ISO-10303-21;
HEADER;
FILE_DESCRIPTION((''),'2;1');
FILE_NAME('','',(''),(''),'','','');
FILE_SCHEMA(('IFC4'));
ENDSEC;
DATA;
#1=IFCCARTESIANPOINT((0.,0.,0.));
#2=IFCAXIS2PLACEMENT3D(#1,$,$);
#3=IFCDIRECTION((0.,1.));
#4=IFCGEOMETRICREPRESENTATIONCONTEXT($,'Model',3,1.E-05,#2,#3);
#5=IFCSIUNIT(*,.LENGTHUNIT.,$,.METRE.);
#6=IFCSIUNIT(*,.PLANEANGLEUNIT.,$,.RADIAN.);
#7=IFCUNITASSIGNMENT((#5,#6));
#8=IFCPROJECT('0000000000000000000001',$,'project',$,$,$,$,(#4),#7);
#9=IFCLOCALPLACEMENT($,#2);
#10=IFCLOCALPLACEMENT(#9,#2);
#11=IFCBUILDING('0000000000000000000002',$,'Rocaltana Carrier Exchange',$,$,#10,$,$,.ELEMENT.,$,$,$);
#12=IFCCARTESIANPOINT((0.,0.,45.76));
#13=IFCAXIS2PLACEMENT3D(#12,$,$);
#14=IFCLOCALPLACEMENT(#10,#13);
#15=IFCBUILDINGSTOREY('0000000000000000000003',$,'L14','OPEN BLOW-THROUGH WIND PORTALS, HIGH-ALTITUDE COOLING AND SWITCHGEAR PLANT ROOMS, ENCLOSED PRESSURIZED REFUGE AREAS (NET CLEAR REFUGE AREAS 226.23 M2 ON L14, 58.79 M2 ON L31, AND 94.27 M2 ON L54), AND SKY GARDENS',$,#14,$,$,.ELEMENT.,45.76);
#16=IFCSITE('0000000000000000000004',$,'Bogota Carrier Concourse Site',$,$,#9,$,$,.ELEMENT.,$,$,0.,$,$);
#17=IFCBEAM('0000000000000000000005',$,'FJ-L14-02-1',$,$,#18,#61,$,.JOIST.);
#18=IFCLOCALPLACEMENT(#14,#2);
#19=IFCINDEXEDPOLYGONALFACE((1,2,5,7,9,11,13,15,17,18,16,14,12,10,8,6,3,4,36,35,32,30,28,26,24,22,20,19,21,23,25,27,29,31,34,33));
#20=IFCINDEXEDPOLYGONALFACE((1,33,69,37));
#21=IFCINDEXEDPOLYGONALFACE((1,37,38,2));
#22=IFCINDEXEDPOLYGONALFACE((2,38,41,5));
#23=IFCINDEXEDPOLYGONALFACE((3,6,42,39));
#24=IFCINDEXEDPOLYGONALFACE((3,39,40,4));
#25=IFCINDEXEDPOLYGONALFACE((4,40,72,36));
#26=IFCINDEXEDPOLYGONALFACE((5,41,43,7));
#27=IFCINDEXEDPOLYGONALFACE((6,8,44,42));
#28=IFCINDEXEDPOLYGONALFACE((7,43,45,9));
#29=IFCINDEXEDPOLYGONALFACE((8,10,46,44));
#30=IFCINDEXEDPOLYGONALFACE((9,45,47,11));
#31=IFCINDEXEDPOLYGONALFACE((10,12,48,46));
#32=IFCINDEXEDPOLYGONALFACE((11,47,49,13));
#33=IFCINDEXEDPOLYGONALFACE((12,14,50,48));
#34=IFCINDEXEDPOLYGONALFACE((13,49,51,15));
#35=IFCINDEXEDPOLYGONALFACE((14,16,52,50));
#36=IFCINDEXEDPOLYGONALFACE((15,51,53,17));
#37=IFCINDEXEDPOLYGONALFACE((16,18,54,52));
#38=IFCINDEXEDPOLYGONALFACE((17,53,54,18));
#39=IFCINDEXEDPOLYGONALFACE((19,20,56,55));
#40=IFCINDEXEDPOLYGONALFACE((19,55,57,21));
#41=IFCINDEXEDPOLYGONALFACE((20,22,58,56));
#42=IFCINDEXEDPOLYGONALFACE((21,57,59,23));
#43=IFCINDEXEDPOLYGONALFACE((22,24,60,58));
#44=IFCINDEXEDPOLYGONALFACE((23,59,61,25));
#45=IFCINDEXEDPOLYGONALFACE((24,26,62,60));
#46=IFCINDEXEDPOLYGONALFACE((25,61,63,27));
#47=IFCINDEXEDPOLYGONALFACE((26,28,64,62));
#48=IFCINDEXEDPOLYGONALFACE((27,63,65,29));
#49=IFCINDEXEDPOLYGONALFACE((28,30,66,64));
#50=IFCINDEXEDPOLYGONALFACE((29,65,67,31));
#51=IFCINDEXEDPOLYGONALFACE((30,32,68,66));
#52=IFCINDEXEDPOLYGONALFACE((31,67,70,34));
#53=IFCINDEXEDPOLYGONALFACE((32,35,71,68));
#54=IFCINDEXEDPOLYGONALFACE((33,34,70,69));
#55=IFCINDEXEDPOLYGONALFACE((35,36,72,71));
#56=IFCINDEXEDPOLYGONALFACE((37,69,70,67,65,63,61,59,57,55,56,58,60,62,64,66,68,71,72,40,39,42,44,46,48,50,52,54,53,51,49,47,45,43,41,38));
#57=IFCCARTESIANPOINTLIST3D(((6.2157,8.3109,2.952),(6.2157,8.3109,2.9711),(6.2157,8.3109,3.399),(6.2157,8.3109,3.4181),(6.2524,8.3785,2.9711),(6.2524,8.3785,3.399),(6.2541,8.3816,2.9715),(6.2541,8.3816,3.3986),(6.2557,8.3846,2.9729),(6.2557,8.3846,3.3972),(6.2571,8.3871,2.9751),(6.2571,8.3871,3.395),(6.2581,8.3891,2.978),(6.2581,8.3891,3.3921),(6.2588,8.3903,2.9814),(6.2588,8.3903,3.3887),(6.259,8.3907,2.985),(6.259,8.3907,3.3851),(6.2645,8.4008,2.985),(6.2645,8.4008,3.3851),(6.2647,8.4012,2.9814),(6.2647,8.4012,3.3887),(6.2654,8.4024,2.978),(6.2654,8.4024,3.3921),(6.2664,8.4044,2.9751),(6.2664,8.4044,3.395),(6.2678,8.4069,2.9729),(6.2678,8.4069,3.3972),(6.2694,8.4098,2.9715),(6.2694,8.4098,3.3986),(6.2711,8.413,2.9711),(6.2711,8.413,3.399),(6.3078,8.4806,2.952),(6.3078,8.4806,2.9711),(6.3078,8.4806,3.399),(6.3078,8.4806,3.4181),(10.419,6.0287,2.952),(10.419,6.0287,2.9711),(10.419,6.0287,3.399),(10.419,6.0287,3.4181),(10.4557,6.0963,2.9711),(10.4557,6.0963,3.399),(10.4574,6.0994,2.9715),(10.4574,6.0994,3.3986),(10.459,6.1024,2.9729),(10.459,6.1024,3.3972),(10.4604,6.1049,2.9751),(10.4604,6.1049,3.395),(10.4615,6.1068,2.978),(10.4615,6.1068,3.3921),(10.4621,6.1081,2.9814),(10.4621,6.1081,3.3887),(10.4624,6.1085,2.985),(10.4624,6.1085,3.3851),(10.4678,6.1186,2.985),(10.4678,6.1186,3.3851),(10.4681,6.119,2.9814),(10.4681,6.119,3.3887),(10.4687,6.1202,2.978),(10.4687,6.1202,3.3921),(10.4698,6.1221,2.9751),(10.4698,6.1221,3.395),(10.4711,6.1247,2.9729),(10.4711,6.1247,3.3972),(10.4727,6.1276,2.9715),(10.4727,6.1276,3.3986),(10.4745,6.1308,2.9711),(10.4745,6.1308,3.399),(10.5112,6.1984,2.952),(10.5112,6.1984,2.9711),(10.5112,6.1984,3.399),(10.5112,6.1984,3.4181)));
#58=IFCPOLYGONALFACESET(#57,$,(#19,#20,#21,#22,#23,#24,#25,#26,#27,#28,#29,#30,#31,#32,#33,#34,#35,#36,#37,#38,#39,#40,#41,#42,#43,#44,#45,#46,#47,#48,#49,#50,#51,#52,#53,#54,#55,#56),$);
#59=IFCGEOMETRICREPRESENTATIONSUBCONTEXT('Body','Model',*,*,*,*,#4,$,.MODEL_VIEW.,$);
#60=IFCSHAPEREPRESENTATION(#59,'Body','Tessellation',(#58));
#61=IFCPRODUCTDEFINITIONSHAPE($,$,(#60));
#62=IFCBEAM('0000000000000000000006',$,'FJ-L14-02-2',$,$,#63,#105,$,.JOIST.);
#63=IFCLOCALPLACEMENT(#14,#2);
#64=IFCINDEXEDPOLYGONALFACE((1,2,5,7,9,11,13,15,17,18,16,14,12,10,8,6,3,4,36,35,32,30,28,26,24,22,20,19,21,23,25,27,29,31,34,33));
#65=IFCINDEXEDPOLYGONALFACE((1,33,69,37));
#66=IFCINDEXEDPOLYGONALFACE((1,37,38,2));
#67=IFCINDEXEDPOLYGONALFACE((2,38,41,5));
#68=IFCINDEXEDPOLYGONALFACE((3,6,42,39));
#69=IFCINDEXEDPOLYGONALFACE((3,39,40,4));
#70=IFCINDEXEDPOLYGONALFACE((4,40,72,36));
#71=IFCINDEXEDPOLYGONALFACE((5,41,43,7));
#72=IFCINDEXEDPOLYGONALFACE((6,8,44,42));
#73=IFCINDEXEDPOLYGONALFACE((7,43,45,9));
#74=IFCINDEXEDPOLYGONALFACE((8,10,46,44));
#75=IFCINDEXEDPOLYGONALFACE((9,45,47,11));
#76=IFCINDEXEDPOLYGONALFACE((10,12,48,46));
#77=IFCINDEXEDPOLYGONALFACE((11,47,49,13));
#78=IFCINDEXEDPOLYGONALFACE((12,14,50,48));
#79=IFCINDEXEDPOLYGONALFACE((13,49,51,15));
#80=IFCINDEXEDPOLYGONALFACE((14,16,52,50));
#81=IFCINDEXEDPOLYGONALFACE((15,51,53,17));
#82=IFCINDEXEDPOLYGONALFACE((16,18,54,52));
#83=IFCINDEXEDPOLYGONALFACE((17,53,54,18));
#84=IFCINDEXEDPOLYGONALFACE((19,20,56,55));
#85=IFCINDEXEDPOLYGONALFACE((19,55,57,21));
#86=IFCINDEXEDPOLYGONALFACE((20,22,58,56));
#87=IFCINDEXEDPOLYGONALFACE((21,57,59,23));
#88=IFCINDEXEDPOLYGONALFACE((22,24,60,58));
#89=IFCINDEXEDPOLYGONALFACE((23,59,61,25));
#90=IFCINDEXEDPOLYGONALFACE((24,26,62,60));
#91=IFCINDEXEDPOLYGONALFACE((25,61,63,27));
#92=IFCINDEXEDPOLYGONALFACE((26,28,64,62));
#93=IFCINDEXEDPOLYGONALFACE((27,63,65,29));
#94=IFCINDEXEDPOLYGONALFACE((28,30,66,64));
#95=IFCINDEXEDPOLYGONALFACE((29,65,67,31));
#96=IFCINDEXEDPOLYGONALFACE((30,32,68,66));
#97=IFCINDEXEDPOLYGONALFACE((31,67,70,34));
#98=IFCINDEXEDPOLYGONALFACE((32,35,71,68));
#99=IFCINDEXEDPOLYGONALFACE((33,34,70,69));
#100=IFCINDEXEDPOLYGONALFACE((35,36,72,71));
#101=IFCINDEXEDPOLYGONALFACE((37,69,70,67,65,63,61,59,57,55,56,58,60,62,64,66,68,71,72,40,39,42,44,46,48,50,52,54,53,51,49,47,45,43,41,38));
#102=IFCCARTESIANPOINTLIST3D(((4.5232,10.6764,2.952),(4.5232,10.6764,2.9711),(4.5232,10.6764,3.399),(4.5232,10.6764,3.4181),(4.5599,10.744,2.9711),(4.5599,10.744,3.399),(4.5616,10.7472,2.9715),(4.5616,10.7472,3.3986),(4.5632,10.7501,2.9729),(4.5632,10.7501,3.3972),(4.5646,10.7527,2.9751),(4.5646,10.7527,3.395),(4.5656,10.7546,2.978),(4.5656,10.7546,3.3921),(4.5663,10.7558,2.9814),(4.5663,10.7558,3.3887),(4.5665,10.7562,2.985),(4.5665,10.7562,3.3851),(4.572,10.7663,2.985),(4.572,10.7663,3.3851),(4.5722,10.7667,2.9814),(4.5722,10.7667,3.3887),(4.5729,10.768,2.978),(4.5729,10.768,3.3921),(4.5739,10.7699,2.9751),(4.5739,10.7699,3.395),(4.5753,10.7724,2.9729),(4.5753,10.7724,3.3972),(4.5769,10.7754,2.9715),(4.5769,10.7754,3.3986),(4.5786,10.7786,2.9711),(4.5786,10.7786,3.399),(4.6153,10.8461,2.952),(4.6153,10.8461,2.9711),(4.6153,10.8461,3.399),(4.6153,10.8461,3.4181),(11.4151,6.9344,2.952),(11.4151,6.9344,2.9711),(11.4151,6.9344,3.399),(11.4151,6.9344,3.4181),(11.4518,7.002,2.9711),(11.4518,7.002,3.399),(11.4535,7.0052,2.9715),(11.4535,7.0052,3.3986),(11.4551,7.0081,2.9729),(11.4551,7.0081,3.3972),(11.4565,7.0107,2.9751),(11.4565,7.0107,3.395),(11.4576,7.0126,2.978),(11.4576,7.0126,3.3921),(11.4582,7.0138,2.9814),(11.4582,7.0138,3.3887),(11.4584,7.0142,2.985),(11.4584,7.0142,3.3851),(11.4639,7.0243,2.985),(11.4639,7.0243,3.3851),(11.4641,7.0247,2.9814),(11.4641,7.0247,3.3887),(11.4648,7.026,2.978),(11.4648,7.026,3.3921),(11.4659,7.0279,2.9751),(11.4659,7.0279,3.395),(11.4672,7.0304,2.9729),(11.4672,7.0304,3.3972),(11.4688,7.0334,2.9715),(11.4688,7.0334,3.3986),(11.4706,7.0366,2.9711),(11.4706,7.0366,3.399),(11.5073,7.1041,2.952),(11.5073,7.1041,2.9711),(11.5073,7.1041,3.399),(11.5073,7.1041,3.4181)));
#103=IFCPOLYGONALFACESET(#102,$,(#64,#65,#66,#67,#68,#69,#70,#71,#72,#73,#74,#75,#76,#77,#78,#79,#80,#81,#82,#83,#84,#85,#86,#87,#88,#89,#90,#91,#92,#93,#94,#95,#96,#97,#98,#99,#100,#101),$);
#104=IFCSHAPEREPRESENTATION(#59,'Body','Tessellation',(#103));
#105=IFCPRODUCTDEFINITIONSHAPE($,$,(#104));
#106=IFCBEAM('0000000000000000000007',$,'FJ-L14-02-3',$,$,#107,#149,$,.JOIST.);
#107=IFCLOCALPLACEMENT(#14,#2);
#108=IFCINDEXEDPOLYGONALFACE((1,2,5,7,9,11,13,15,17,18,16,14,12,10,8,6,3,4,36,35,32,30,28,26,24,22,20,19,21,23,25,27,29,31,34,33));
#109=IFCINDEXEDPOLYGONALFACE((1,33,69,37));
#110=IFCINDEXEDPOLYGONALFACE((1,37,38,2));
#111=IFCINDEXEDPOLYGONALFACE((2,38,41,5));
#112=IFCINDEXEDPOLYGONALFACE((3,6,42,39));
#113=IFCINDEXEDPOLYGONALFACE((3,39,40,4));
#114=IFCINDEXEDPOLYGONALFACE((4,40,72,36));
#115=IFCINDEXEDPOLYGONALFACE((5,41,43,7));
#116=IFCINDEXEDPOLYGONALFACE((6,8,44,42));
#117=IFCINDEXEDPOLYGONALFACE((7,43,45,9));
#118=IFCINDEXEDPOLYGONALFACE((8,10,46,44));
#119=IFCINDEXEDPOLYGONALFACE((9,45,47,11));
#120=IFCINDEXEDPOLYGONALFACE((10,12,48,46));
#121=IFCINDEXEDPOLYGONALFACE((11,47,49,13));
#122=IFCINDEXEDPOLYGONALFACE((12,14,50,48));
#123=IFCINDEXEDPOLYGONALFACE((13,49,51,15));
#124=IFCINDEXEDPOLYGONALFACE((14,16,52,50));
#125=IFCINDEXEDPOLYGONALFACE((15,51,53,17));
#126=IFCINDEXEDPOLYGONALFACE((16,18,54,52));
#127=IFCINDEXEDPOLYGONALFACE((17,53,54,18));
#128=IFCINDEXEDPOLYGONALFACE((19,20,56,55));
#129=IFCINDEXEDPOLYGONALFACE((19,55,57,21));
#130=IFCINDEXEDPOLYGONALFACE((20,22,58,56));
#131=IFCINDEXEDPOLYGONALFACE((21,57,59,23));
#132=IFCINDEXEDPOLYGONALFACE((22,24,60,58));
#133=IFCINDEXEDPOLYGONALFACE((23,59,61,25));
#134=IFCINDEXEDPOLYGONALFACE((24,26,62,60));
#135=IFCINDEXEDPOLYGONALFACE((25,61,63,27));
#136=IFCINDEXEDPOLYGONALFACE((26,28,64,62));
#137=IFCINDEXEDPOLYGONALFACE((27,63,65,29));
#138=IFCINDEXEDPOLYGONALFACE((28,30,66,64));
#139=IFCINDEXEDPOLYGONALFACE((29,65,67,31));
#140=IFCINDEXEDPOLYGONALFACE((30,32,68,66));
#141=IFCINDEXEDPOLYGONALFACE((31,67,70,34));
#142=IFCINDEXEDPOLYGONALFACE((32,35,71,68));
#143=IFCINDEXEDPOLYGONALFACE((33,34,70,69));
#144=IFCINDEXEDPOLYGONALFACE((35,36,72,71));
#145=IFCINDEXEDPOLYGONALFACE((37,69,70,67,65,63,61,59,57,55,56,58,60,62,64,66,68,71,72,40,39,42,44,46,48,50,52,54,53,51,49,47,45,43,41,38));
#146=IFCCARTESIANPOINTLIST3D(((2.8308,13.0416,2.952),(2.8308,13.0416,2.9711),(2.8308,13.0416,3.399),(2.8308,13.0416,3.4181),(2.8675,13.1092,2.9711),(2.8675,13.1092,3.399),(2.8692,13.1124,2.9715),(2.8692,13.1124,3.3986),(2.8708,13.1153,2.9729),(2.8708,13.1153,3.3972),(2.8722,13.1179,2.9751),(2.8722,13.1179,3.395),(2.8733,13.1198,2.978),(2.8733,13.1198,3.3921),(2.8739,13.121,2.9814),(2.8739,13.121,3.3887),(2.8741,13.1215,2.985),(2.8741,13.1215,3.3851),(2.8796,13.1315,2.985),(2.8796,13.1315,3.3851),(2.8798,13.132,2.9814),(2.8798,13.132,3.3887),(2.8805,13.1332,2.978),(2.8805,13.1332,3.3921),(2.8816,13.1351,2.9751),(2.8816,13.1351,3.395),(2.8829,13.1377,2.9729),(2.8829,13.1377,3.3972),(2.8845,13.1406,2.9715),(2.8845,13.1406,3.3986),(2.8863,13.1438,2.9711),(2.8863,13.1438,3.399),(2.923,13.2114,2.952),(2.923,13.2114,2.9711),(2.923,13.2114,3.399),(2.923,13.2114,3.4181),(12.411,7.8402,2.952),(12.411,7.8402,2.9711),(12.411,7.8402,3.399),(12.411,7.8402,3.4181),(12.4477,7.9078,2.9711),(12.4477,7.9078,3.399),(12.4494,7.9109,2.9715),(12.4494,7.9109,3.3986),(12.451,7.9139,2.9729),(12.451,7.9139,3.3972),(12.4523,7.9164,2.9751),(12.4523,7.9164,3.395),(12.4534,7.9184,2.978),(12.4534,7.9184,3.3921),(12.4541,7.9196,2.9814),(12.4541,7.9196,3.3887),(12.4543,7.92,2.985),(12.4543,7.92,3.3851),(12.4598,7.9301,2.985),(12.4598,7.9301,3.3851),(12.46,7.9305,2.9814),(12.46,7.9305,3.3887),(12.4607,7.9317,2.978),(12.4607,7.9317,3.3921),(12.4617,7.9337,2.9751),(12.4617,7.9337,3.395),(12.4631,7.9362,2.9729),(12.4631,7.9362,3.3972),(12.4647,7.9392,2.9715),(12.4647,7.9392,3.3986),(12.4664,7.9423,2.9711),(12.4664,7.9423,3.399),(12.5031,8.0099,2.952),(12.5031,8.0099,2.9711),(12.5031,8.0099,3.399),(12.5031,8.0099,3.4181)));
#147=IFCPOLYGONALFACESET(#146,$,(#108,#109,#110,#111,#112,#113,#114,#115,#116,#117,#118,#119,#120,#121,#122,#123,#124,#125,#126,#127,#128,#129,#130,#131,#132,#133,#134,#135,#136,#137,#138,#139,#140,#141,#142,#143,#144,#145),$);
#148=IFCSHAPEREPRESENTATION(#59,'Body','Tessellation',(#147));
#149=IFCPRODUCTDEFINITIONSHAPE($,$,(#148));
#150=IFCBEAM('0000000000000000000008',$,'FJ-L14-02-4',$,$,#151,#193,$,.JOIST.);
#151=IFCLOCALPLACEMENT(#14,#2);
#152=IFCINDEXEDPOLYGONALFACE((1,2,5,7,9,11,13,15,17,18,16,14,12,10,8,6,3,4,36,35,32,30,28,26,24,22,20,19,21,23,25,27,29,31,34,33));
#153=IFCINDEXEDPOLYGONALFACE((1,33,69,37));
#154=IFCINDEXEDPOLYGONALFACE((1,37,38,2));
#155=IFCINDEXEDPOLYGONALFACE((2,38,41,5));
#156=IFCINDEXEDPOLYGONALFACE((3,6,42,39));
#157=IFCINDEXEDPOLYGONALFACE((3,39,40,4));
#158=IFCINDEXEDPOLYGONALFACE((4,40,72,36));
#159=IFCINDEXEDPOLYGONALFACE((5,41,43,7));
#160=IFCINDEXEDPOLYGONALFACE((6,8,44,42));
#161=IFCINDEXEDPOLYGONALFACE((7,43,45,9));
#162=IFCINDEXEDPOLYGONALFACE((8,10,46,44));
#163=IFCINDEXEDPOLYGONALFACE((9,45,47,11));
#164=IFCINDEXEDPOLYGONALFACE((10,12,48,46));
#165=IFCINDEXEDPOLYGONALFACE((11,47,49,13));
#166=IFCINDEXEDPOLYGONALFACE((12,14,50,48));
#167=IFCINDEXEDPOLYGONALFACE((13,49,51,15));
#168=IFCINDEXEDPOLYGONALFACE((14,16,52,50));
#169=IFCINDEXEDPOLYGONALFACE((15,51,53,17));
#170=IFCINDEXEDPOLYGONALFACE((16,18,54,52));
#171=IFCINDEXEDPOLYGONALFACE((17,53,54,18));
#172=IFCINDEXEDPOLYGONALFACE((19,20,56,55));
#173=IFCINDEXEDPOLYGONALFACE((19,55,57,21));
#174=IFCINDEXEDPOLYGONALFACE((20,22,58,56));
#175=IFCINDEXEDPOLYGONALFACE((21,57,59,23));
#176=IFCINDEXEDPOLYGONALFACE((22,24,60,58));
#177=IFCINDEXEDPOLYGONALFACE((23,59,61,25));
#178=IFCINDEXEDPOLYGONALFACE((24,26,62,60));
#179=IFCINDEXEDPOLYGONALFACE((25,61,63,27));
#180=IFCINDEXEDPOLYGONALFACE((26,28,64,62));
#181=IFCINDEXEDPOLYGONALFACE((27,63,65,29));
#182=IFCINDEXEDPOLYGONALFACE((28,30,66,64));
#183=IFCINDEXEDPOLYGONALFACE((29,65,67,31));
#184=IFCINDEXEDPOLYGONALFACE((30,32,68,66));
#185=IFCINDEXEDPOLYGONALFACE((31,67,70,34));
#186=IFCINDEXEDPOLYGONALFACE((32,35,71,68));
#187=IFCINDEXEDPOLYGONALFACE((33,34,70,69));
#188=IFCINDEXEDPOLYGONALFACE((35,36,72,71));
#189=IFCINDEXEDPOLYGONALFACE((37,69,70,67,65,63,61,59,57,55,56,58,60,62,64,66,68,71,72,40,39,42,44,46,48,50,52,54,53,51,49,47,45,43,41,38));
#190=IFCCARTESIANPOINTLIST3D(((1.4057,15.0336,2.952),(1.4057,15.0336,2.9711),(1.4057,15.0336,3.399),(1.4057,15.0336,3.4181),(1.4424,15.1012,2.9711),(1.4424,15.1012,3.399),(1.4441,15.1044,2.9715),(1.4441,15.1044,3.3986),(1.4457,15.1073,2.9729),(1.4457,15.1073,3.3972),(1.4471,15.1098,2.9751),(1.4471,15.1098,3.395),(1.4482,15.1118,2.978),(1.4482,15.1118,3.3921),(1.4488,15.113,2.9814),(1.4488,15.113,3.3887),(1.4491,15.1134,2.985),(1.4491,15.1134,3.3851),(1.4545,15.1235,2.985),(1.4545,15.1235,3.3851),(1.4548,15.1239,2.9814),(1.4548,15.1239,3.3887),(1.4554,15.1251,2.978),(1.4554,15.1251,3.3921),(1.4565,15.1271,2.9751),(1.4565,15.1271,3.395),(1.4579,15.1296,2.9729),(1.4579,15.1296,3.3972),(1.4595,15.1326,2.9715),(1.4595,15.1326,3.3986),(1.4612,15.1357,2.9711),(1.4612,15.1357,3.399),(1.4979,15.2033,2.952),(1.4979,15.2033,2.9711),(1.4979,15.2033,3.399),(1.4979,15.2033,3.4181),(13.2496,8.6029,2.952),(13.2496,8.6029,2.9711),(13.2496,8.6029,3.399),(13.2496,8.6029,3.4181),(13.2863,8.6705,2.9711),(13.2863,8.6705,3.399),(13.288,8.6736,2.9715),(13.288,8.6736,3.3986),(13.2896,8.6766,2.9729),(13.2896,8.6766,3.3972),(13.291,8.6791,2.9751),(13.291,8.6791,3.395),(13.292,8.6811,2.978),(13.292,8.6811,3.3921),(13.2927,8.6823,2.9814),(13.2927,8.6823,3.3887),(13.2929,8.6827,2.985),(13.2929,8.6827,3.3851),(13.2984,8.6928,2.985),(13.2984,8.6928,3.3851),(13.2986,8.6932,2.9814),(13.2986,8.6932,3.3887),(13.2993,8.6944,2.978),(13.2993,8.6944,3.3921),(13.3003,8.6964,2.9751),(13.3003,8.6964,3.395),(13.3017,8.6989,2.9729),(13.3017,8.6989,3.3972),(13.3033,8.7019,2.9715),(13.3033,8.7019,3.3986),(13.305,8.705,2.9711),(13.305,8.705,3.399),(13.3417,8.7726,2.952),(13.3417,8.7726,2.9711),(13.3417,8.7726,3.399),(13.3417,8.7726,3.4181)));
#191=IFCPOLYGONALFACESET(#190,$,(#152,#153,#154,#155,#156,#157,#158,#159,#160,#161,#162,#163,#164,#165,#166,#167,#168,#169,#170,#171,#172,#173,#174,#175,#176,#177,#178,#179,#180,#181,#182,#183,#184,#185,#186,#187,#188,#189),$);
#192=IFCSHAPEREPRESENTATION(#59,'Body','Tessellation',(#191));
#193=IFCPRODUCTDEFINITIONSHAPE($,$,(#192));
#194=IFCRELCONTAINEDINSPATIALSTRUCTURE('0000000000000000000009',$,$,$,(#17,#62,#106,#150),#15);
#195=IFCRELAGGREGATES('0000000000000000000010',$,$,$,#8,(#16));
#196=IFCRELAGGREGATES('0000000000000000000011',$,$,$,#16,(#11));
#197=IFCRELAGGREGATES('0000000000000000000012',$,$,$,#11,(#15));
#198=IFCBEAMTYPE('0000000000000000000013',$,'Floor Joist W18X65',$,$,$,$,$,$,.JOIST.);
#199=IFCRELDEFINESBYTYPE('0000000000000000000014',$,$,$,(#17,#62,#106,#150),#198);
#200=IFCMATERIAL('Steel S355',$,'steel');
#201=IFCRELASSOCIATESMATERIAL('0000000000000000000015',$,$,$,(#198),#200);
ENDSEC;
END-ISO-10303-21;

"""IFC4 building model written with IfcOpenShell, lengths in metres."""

from ifc_helpers import new_model, si_unit, direction, frame, origin, origin_2d, place, context, subcontext, project, spatial, i_section, extrude, material, material_profile, profile_set, type_object, element, save


model = new_model("IFC4")

# Units and contexts
model_context = context("Model", 3, precision=1e-05, world=origin(), true_north=direction((0.0, 1.0)))
body_context = subcontext(model_context, "Body", "Model", "MODEL_VIEW")
ifc_project = project(units=[si_unit("LENGTHUNIT", "METRE"), si_unit("PLANEANGLEUNIT", "RADIAN")], contexts=[model_context])

# Site, building, storey
site_placement = place(None, origin())
site = spatial("IfcSite", under=ifc_project, at=site_placement, Name="Bogota Carrier Concourse Site", CompositionType="ELEMENT", RefElevation=0.0)
building_placement = place(site_placement, origin())
building = spatial("IfcBuilding", under=site, at=building_placement, Name="Rocaltana Carrier Exchange", CompositionType="ELEMENT")
storey_placement = place(building_placement, frame((0.0, 0.0, 45.76)))
storey = spatial("IfcBuildingStorey", under=building, at=storey_placement, Name="L14", Description="OPEN BLOW-THROUGH WIND PORTALS, HIGH-ALTITUDE COOLING AND SWITCHGEAR PLANT ROOMS, ENCLOSED PRESSURIZED REFUGE AREAS (NET CLEAR REFUGE AREAS 226.23 M2 ON L14, 58.79 M2 ON L31, AND 94.27 M2 ON L54), AND SKY GARDENS", CompositionType="ELEMENT", Elevation=45.76)

# Beams
ifc_material_1 = material(Name="Steel S355", Category="steel")
ifc_material_profile_1 = material_profile(ifc_material_1, i_section(OverallWidth=0.1931, OverallDepth=0.4661, WebThickness=0.0115, FlangeThickness=0.019, FilletRadius=0.0139, at=origin_2d()), Name="W18X65")
ifc_profile_set_1 = profile_set([ifc_material_profile_1], Name="Steel S355")
beam_type_1 = type_object("IfcBeamType", Name="Floor Joist W18X65", PredefinedType="JOIST", material=ifc_profile_set_1)
beam_1_placement = place(storey_placement, frame((10.4651, 6.1135, 3.1851), z_axis=(-0.878819, 0.477156, 0.0), x_axis=(-0.477156, -0.878819, 0.0)))
element("IfcBeam", 1, at=beam_1_placement, inside=storey, type_object=beam_type_1, Name="FJ-L14-02-1", PredefinedType="JOIST", context=body_context, shape_type="SweptSolid", body=[
    extrude(i_section(OverallWidth=0.1931, OverallDepth=0.4661, WebThickness=0.0115, FlangeThickness=0.019, FilletRadius=0.0139, at=origin_2d()), origin(), (0.0, 0.0, 1.0), 4.783),
])
beam_2_placement = place(storey_placement, frame((11.4612, 7.0193, 3.1851), z_axis=(-0.878818, 0.477156, 0.0), x_axis=(-0.477156, -0.878818, 0.0)))
element("IfcBeam", 2, at=beam_2_placement, inside=storey, type_object=beam_type_1, Name="FJ-L14-02-2", PredefinedType="JOIST", context=body_context, shape_type="SweptSolid", body=[
    extrude(i_section(OverallWidth=0.1931, OverallDepth=0.4661, WebThickness=0.0115, FlangeThickness=0.019, FilletRadius=0.0139, at=origin_2d()), origin(), (0.0, 0.0, 1.0), 7.8423),
])
beam_3_placement = place(storey_placement, frame((12.457, 7.925, 3.1851), z_axis=(-0.878823, 0.477149, 0.0), x_axis=(-0.477149, -0.878823, 0.0)))
element("IfcBeam", 3, at=beam_3_placement, inside=storey, type_object=beam_type_1, Name="FJ-L14-02-3", PredefinedType="JOIST", context=body_context, shape_type="SweptSolid", body=[
    extrude(i_section(OverallWidth=0.1931, OverallDepth=0.4661, WebThickness=0.0115, FlangeThickness=0.019, FilletRadius=0.0139, at=origin_2d()), origin(), (0.0, 0.0, 1.0), 10.9011),
])
beam_4_placement = place(storey_placement, frame((13.2957, 8.6877, 3.1851), z_axis=(-0.878816, 0.477161, 0.0), x_axis=(-0.477161, -0.878816, 0.0)))
element("IfcBeam", 4, at=beam_4_placement, inside=storey, type_object=beam_type_1, Name="FJ-L14-02-4", PredefinedType="JOIST", context=body_context, shape_type="SweptSolid", body=[
    extrude(i_section(OverallWidth=0.1931, OverallDepth=0.4661, WebThickness=0.0115, FlangeThickness=0.019, FilletRadius=0.0139, at=origin_2d()), origin(), (0.0, 0.0, 1.0), 13.4771),
])

save(model, "model.ifc")
